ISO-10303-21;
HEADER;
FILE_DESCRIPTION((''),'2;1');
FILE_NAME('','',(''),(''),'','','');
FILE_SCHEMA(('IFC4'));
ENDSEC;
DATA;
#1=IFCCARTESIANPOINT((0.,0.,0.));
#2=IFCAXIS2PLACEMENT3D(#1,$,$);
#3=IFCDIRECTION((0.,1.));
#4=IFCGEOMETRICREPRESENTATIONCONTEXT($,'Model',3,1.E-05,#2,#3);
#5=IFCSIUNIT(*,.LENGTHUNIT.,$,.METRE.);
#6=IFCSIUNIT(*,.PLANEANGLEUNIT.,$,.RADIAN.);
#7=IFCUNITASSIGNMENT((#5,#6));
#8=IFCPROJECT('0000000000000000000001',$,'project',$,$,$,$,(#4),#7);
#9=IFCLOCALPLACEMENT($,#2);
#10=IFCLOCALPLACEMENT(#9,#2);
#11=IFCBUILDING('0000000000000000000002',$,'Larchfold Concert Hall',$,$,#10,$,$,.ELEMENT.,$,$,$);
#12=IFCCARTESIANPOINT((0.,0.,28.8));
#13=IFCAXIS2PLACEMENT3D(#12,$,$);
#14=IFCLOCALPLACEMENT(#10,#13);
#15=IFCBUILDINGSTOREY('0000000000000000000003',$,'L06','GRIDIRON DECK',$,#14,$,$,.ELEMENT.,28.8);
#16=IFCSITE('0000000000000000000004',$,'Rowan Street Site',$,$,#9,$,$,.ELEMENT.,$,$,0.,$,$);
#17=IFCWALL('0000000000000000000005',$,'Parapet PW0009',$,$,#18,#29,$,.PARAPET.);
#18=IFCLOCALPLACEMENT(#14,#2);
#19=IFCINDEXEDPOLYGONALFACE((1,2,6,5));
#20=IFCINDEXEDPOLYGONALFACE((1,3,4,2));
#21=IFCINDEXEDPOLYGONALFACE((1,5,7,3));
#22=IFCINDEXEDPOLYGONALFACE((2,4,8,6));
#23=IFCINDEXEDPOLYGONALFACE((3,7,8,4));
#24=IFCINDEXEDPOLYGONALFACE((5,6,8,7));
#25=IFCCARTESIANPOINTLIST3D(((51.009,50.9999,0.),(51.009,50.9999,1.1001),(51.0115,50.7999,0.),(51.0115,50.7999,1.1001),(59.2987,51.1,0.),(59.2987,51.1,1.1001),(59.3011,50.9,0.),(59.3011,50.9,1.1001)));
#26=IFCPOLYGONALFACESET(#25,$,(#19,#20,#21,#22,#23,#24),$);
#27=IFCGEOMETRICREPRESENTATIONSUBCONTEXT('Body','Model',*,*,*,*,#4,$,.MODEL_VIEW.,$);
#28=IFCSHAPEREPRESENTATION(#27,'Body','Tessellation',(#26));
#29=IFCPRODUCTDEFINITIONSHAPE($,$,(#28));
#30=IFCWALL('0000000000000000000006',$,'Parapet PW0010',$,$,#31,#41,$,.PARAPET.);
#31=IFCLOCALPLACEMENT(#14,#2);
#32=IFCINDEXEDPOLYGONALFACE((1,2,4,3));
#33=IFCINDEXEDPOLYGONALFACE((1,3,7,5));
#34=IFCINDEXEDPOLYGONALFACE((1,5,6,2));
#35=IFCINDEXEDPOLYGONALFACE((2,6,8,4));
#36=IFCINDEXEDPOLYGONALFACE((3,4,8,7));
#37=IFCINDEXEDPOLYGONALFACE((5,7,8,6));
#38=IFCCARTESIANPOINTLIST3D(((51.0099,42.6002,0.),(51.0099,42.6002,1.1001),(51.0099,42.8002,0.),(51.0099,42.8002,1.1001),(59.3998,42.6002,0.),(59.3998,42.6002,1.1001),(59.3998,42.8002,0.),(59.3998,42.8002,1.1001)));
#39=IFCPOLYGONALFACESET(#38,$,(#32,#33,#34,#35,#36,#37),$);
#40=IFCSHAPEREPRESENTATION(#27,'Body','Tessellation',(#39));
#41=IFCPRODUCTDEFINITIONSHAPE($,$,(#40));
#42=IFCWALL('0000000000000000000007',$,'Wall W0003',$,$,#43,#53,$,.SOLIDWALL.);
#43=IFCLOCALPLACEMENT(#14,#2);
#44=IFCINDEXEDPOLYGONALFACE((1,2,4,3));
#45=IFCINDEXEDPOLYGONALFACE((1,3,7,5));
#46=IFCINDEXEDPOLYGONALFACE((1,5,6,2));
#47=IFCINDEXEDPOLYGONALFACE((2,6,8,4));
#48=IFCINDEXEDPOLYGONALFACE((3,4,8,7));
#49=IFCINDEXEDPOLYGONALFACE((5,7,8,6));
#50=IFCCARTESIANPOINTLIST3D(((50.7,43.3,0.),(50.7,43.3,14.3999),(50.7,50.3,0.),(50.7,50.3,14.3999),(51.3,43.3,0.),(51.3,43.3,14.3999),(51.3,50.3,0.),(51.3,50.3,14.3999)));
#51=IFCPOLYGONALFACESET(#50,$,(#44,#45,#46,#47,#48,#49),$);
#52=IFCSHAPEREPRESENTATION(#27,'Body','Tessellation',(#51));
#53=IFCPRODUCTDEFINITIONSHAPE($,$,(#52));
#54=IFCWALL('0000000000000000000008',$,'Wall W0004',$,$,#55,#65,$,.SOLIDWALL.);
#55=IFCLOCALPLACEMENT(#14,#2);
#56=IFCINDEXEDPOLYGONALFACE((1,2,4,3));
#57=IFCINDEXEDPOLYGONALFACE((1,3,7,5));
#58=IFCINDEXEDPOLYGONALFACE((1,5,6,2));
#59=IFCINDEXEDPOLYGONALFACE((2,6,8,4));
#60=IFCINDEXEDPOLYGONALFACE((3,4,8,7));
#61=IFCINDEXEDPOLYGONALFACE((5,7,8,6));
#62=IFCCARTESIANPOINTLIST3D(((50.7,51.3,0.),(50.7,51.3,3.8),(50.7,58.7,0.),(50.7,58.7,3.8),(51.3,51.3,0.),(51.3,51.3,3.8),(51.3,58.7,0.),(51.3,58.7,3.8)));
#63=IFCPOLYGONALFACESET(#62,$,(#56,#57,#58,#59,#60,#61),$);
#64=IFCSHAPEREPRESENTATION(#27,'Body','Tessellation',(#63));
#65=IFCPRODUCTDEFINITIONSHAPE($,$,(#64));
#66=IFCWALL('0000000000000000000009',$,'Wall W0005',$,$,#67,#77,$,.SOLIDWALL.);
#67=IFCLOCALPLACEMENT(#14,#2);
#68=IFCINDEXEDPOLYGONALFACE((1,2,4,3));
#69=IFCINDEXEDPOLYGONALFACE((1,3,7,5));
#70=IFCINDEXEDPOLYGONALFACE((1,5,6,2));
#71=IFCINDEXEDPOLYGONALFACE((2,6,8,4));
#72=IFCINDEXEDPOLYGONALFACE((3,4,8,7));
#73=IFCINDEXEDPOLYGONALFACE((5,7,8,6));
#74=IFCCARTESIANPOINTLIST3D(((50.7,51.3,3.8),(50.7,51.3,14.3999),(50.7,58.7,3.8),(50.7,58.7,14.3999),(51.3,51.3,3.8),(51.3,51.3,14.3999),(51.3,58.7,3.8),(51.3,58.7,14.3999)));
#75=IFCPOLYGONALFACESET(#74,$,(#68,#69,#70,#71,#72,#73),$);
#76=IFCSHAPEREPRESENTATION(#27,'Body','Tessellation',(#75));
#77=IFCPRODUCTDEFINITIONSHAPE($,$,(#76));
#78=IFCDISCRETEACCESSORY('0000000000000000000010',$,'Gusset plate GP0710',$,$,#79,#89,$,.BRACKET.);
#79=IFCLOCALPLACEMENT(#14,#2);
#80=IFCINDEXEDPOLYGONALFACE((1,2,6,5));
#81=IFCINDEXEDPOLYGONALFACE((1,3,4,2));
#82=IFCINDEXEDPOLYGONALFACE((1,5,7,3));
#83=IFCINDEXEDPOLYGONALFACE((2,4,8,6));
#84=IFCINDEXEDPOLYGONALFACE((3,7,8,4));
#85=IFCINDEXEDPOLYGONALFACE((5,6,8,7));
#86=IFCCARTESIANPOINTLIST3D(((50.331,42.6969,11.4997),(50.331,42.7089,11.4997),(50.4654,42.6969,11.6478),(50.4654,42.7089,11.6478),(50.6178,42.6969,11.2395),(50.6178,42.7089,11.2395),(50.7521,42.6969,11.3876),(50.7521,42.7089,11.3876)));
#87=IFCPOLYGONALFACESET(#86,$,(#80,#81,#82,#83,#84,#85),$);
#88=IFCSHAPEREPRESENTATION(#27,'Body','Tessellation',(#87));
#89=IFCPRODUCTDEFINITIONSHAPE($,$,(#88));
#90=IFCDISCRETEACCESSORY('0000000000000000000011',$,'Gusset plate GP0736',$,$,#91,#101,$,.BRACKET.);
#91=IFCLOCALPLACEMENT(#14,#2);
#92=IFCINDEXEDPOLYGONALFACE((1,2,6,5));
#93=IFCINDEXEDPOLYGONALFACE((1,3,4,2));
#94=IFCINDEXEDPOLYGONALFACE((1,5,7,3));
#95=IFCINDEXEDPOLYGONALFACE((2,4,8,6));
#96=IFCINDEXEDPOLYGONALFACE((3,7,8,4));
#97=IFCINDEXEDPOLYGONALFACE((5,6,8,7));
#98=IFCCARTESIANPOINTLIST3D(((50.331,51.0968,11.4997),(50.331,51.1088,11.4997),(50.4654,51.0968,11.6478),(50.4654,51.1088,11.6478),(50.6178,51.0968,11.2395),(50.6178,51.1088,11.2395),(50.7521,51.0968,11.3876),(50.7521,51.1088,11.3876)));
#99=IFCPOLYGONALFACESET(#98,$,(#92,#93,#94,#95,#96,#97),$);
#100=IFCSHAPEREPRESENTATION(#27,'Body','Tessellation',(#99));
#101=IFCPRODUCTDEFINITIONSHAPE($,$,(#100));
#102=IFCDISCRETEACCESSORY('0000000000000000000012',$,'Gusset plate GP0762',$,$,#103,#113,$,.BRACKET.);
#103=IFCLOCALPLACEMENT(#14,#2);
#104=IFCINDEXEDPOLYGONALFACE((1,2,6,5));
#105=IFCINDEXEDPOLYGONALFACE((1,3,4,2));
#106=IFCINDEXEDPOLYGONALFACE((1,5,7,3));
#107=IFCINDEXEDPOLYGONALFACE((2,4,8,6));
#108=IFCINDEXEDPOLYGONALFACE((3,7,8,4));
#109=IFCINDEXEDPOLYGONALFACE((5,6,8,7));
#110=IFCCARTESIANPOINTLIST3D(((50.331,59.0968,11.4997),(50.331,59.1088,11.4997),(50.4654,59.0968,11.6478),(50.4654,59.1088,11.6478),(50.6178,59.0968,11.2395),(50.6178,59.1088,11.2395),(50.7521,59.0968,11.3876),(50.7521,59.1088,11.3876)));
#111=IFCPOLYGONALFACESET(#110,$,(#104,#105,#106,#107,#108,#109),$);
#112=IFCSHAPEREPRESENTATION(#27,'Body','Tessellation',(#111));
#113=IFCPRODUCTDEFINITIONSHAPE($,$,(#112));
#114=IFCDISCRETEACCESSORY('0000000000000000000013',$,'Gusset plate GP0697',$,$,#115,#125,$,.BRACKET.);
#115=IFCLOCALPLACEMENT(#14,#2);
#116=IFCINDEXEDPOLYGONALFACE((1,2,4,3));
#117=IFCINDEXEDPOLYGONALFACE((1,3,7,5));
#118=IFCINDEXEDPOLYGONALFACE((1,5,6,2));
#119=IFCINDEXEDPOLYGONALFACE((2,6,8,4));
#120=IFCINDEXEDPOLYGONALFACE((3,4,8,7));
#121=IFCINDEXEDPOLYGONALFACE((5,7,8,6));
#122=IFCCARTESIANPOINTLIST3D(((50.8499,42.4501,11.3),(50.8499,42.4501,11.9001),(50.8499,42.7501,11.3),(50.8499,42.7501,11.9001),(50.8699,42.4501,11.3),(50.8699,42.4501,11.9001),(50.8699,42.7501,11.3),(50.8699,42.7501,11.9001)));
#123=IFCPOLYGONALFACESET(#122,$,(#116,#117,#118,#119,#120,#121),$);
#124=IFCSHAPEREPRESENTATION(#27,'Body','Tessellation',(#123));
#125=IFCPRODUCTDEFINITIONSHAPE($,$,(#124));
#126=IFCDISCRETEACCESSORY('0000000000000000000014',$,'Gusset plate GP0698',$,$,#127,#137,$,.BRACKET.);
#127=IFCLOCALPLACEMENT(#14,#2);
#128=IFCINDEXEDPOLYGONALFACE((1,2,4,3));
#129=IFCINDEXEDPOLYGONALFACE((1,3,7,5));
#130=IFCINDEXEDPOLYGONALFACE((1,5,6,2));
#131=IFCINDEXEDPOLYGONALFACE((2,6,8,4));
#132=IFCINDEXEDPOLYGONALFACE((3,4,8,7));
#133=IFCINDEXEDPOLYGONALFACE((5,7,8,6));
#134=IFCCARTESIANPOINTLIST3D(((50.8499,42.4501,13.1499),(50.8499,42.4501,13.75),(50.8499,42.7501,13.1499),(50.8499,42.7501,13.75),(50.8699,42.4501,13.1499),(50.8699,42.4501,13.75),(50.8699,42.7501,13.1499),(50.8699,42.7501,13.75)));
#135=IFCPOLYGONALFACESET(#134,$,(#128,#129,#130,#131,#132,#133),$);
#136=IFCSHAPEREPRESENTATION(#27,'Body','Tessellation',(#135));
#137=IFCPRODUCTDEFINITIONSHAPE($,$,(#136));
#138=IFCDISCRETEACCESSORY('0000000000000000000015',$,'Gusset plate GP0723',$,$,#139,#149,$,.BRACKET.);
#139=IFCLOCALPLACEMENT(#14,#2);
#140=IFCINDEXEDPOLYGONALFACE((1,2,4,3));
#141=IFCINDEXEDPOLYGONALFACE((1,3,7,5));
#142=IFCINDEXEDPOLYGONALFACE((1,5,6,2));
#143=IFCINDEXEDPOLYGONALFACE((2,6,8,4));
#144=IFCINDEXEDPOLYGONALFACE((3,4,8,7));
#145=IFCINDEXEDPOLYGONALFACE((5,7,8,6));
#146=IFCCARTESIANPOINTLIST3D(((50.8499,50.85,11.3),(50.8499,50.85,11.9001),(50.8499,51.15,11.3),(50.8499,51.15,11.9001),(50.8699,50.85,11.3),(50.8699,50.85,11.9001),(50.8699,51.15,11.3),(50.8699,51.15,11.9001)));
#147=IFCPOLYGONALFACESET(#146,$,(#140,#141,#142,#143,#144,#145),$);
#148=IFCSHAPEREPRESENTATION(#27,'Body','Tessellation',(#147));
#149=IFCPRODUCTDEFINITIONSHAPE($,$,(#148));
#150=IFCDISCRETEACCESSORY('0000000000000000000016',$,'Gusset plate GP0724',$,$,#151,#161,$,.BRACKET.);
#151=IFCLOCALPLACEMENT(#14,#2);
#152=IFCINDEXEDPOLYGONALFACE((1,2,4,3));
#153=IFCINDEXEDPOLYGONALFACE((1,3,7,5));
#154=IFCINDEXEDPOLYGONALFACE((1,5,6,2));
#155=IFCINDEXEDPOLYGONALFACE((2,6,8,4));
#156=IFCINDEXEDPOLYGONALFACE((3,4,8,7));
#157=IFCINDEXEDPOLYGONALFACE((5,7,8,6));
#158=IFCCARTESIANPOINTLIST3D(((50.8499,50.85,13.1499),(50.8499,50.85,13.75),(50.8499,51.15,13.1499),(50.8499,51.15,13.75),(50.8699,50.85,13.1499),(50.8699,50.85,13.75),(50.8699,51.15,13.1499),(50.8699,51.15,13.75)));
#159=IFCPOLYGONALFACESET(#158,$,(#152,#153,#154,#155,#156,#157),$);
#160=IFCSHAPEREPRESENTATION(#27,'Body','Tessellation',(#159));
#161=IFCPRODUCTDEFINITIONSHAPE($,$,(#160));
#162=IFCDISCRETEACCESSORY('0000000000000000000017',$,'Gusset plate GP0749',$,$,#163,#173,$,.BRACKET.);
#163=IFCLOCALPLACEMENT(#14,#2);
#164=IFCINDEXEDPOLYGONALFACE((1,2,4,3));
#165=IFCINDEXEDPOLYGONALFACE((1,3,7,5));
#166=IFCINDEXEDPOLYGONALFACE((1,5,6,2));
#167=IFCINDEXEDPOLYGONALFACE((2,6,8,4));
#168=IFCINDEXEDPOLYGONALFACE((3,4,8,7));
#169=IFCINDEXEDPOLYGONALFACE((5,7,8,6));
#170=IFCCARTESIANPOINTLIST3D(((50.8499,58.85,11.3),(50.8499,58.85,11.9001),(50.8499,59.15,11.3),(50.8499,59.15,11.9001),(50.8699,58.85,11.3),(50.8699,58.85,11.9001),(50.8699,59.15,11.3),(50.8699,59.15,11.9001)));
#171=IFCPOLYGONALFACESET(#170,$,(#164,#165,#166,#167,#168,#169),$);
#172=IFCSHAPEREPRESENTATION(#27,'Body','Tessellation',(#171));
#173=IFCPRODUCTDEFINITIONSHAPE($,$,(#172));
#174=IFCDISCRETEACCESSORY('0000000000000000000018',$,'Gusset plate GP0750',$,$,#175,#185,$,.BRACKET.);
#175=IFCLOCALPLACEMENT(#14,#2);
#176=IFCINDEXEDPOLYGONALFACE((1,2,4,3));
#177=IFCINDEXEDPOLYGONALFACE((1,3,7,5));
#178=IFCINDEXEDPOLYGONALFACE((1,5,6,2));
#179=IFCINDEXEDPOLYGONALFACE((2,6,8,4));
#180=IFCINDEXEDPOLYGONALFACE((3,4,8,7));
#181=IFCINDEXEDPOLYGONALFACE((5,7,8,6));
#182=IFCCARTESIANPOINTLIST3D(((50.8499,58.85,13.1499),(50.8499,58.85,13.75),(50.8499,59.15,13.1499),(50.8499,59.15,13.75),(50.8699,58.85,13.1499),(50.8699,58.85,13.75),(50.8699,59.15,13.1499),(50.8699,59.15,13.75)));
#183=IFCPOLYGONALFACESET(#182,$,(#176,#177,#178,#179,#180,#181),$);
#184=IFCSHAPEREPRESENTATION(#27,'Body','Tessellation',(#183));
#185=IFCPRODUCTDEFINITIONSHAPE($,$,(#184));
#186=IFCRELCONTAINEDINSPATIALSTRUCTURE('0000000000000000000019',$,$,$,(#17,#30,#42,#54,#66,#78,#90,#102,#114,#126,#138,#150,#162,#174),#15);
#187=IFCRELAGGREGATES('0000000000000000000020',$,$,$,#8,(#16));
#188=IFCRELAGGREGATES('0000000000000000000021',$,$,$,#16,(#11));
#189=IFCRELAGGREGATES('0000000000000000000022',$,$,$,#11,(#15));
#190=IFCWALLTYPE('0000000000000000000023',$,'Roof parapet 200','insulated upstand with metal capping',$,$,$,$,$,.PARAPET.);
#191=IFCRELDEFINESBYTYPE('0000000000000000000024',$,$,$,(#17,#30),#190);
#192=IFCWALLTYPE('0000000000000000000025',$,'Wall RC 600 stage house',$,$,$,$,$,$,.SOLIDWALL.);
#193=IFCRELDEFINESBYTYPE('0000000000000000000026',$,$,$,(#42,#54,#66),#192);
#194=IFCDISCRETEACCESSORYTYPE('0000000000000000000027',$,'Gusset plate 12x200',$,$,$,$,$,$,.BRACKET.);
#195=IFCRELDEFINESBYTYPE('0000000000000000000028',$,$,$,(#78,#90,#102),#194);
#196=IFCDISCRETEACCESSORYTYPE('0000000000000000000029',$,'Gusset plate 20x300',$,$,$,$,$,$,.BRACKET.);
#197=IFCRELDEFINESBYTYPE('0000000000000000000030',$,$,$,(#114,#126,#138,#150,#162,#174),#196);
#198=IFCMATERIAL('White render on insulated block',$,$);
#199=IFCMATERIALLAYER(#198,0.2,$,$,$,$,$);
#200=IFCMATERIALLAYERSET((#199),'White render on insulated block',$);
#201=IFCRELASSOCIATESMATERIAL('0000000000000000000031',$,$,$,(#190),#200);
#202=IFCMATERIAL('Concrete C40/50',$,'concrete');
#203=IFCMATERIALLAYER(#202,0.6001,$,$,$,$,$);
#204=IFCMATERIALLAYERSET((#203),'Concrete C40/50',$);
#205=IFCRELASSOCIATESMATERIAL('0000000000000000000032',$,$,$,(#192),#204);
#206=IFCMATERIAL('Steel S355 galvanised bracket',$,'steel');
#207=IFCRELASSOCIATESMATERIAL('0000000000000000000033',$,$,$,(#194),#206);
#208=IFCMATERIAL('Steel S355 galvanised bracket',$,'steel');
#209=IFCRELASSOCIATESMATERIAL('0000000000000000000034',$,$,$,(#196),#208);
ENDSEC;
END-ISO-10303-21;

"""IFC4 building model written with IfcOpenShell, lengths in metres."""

from ifc_helpers import new_model, si_unit, direction, frame, frame_2d, origin, origin_2d, place, context, subcontext, project, spatial, rectangle, extrude, material, layer, layer_set, material_profile, profile_set, type_object, element, save


model = new_model("IFC4")

# Units and contexts
model_context = context("Model", 3, precision=1e-05, world=origin(), true_north=direction((0.0, 1.0)))
body_context = subcontext(model_context, "Body", "Model", "MODEL_VIEW")
ifc_project = project(units=[si_unit("LENGTHUNIT", "METRE"), si_unit("PLANEANGLEUNIT", "RADIAN")], contexts=[model_context])

# Site, building, storey
site_placement = place(None, origin())
site = spatial("IfcSite", under=ifc_project, at=site_placement, Name="Rowan Street Site", CompositionType="ELEMENT", RefElevation=0.0)
building_placement = place(site_placement, origin())
building = spatial("IfcBuilding", under=site, at=building_placement, Name="Larchfold Concert Hall", CompositionType="ELEMENT")
storey_placement = place(building_placement, frame((0.0, 0.0, 28.8)))
storey = spatial("IfcBuildingStorey", under=building, at=storey_placement, Name="L06", Description="GRIDIRON DECK", CompositionType="ELEMENT", Elevation=28.8)

# Walls
ifc_material_1 = material(Name="White render on insulated block")
ifc_layer_1 = layer(ifc_material_1, 0.2)
ifc_layer_set_1 = layer_set([ifc_layer_1], Name="White render on insulated block")
wall_type_1 = type_object("IfcWallType", Name="Roof parapet 200", Description="insulated upstand with metal capping", PredefinedType="PARAPET", material=ifc_layer_set_1)
wall_1_placement = place(storey_placement, frame((59.2998, 51.0, 0.0), z_axis=(0.0, 0.0, 1.0), x_axis=(-0.999927, -0.012074, 0.0)))
element("IfcWall", 1, at=wall_1_placement, inside=storey, type_object=wall_type_1, Name="Parapet PW0009", PredefinedType="PARAPET", context=body_context, shape_type="SweptSolid", body=[
    extrude(rectangle(XDim=8.2903, YDim=0.2, at=frame_2d((4.145, 0.0))), origin(), (0.0, 0.0, 1.0), 1.1001),
])
wall_2_placement = place(storey_placement, frame((51.01, 42.7002, 0.0), z_axis=(0.0, 0.0, 1.0), x_axis=(1.0, 0.0, 0.0)))
element("IfcWall", 2, at=wall_2_placement, inside=storey, type_object=wall_type_1, Name="Parapet PW0010", PredefinedType="PARAPET", context=body_context, shape_type="SweptSolid", body=[
    extrude(rectangle(XDim=8.3899, YDim=0.2, at=frame_2d((4.1948, 0.0))), origin(), (0.0, 0.0, 1.0), 1.1001),
])
ifc_material_2 = material(Name="Concrete C40/50", Category="concrete")
ifc_layer_2 = layer(ifc_material_2, 0.6001)
ifc_layer_set_2 = layer_set([ifc_layer_2], Name="Concrete C40/50")
wall_type_2 = type_object("IfcWallType", Name="Wall RC 600 stage house", PredefinedType="SOLIDWALL", material=ifc_layer_set_2)
wall_3_placement = place(storey_placement, frame((51.0, 43.3, 0.0), z_axis=(0.0, 0.0, 1.0), x_axis=(0.0, 1.0, 0.0)))
element("IfcWall", 3, at=wall_3_placement, inside=storey, type_object=wall_type_2, Name="Wall W0003", PredefinedType="SOLIDWALL", context=body_context, shape_type="SweptSolid", body=[
    extrude(rectangle(XDim=7.0, YDim=0.6001, at=frame_2d((3.5, 0.0))), origin(), (0.0, 0.0, 1.0), 14.3999),
])
wall_4_placement = place(storey_placement, frame((51.0, 51.3, 0.0), z_axis=(0.0, 0.0, 1.0), x_axis=(0.0, 1.0, 0.0)))
element("IfcWall", 4, at=wall_4_placement, inside=storey, type_object=wall_type_2, Name="Wall W0004", PredefinedType="SOLIDWALL", context=body_context, shape_type="SweptSolid", body=[
    extrude(rectangle(XDim=7.3999, YDim=0.6001, at=frame_2d((3.7, 0.0))), origin(), (0.0, 0.0, 1.0), 3.8),
])
wall_5_placement = place(storey_placement, frame((51.0, 51.3, 3.8), z_axis=(0.0, 0.0, 1.0), x_axis=(0.0, 1.0, 0.0)))
element("IfcWall", 5, at=wall_5_placement, inside=storey, type_object=wall_type_2, Name="Wall W0005", PredefinedType="SOLIDWALL", context=body_context, shape_type="SweptSolid", body=[
    extrude(rectangle(XDim=7.3999, YDim=0.6001, at=frame_2d((3.7, 0.0))), origin(), (0.0, 0.0, 1.0), 10.5999),
])

# Discrete accessories
ifc_material_3 = material(Name="Steel S355 galvanised bracket", Category="steel")
ifc_material_profile_1 = material_profile(ifc_material_3, rectangle(XDim=0.012, YDim=0.2, at=origin_2d()))
ifc_profile_set_1 = profile_set([ifc_material_profile_1], Name="Steel S355 galvanised bracket")
discrete_accessory_type_1 = type_object("IfcDiscreteAccessoryType", Name="Gusset plate 12x200", PredefinedType="BRACKET", material=ifc_profile_set_1)
for number, where, z_axis, x_axis, name in (
    (6, (50.3982, 42.7029, 11.5737), (0.740624, 0.0, -0.671919), (0.0, 1.0, 0.0), "Gusset plate GP0710"),
    (7, (50.3982, 51.1028, 11.5737), (0.740624, 0.0, -0.671919), (0.0, 1.0, 0.0), "Gusset plate GP0736"),
    (8, (50.3982, 59.1028, 11.5737), (0.740624, 0.0, -0.671919), (0.0, 1.0, 0.0), "Gusset plate GP0762"),
):
    element("IfcDiscreteAccessory", number, at=place(storey_placement, frame(where, z_axis=z_axis, x_axis=x_axis)), inside=storey, type_object=discrete_accessory_type_1, Name=name, PredefinedType="BRACKET", context=body_context, shape_type="SweptSolid", body=[
        extrude(rectangle(XDim=0.012, YDim=0.2, at=origin_2d()), origin(), (0.0, 0.0, 1.0), 0.3872),
    ])
ifc_material_4 = material(Name="Steel S355 galvanised bracket", Category="steel")
ifc_material_profile_2 = material_profile(ifc_material_4, rectangle(XDim=0.02, YDim=0.3, at=origin_2d()))
ifc_profile_set_2 = profile_set([ifc_material_profile_2], Name="Steel S355 galvanised bracket")
discrete_accessory_type_2 = type_object("IfcDiscreteAccessoryType", Name="Gusset plate 20x300", PredefinedType="BRACKET", material=ifc_profile_set_2)
for number, where, z_axis, x_axis, name in (
    (9, (50.8599, 42.6001, 11.3), (0.0, 0.0, 1.0), (1.0, 0.0, 0.0), "Gusset plate GP0697"),
    (10, (50.8599, 42.6001, 13.1499), (0.0, 0.0, 1.0), (1.0, 0.0, 0.0), "Gusset plate GP0698"),
    (11, (50.8599, 51.0, 11.3), (0.0, 0.0, 1.0), (1.0, 0.0, 0.0), "Gusset plate GP0723"),
    (12, (50.8599, 51.0, 13.1499), (0.0, 0.0, 1.0), (1.0, 0.0, 0.0), "Gusset plate GP0724"),
    (13, (50.8599, 59.0, 11.3), (0.0, 0.0, 1.0), (1.0, 0.0, 0.0), "Gusset plate GP0749"),
    (14, (50.8599, 59.0, 13.1499), (0.0, 0.0, 1.0), (1.0, 0.0, 0.0), "Gusset plate GP0750"),
):
    element("IfcDiscreteAccessory", number, at=place(storey_placement, frame(where, z_axis=z_axis, x_axis=x_axis)), inside=storey, type_object=discrete_accessory_type_2, Name=name, PredefinedType="BRACKET", context=body_context, shape_type="SweptSolid", body=[
        extrude(rectangle(XDim=0.02, YDim=0.3, at=origin_2d()), origin(), (0.0, 0.0, 1.0), 0.6001),
    ])

save(model, "model.ifc")
